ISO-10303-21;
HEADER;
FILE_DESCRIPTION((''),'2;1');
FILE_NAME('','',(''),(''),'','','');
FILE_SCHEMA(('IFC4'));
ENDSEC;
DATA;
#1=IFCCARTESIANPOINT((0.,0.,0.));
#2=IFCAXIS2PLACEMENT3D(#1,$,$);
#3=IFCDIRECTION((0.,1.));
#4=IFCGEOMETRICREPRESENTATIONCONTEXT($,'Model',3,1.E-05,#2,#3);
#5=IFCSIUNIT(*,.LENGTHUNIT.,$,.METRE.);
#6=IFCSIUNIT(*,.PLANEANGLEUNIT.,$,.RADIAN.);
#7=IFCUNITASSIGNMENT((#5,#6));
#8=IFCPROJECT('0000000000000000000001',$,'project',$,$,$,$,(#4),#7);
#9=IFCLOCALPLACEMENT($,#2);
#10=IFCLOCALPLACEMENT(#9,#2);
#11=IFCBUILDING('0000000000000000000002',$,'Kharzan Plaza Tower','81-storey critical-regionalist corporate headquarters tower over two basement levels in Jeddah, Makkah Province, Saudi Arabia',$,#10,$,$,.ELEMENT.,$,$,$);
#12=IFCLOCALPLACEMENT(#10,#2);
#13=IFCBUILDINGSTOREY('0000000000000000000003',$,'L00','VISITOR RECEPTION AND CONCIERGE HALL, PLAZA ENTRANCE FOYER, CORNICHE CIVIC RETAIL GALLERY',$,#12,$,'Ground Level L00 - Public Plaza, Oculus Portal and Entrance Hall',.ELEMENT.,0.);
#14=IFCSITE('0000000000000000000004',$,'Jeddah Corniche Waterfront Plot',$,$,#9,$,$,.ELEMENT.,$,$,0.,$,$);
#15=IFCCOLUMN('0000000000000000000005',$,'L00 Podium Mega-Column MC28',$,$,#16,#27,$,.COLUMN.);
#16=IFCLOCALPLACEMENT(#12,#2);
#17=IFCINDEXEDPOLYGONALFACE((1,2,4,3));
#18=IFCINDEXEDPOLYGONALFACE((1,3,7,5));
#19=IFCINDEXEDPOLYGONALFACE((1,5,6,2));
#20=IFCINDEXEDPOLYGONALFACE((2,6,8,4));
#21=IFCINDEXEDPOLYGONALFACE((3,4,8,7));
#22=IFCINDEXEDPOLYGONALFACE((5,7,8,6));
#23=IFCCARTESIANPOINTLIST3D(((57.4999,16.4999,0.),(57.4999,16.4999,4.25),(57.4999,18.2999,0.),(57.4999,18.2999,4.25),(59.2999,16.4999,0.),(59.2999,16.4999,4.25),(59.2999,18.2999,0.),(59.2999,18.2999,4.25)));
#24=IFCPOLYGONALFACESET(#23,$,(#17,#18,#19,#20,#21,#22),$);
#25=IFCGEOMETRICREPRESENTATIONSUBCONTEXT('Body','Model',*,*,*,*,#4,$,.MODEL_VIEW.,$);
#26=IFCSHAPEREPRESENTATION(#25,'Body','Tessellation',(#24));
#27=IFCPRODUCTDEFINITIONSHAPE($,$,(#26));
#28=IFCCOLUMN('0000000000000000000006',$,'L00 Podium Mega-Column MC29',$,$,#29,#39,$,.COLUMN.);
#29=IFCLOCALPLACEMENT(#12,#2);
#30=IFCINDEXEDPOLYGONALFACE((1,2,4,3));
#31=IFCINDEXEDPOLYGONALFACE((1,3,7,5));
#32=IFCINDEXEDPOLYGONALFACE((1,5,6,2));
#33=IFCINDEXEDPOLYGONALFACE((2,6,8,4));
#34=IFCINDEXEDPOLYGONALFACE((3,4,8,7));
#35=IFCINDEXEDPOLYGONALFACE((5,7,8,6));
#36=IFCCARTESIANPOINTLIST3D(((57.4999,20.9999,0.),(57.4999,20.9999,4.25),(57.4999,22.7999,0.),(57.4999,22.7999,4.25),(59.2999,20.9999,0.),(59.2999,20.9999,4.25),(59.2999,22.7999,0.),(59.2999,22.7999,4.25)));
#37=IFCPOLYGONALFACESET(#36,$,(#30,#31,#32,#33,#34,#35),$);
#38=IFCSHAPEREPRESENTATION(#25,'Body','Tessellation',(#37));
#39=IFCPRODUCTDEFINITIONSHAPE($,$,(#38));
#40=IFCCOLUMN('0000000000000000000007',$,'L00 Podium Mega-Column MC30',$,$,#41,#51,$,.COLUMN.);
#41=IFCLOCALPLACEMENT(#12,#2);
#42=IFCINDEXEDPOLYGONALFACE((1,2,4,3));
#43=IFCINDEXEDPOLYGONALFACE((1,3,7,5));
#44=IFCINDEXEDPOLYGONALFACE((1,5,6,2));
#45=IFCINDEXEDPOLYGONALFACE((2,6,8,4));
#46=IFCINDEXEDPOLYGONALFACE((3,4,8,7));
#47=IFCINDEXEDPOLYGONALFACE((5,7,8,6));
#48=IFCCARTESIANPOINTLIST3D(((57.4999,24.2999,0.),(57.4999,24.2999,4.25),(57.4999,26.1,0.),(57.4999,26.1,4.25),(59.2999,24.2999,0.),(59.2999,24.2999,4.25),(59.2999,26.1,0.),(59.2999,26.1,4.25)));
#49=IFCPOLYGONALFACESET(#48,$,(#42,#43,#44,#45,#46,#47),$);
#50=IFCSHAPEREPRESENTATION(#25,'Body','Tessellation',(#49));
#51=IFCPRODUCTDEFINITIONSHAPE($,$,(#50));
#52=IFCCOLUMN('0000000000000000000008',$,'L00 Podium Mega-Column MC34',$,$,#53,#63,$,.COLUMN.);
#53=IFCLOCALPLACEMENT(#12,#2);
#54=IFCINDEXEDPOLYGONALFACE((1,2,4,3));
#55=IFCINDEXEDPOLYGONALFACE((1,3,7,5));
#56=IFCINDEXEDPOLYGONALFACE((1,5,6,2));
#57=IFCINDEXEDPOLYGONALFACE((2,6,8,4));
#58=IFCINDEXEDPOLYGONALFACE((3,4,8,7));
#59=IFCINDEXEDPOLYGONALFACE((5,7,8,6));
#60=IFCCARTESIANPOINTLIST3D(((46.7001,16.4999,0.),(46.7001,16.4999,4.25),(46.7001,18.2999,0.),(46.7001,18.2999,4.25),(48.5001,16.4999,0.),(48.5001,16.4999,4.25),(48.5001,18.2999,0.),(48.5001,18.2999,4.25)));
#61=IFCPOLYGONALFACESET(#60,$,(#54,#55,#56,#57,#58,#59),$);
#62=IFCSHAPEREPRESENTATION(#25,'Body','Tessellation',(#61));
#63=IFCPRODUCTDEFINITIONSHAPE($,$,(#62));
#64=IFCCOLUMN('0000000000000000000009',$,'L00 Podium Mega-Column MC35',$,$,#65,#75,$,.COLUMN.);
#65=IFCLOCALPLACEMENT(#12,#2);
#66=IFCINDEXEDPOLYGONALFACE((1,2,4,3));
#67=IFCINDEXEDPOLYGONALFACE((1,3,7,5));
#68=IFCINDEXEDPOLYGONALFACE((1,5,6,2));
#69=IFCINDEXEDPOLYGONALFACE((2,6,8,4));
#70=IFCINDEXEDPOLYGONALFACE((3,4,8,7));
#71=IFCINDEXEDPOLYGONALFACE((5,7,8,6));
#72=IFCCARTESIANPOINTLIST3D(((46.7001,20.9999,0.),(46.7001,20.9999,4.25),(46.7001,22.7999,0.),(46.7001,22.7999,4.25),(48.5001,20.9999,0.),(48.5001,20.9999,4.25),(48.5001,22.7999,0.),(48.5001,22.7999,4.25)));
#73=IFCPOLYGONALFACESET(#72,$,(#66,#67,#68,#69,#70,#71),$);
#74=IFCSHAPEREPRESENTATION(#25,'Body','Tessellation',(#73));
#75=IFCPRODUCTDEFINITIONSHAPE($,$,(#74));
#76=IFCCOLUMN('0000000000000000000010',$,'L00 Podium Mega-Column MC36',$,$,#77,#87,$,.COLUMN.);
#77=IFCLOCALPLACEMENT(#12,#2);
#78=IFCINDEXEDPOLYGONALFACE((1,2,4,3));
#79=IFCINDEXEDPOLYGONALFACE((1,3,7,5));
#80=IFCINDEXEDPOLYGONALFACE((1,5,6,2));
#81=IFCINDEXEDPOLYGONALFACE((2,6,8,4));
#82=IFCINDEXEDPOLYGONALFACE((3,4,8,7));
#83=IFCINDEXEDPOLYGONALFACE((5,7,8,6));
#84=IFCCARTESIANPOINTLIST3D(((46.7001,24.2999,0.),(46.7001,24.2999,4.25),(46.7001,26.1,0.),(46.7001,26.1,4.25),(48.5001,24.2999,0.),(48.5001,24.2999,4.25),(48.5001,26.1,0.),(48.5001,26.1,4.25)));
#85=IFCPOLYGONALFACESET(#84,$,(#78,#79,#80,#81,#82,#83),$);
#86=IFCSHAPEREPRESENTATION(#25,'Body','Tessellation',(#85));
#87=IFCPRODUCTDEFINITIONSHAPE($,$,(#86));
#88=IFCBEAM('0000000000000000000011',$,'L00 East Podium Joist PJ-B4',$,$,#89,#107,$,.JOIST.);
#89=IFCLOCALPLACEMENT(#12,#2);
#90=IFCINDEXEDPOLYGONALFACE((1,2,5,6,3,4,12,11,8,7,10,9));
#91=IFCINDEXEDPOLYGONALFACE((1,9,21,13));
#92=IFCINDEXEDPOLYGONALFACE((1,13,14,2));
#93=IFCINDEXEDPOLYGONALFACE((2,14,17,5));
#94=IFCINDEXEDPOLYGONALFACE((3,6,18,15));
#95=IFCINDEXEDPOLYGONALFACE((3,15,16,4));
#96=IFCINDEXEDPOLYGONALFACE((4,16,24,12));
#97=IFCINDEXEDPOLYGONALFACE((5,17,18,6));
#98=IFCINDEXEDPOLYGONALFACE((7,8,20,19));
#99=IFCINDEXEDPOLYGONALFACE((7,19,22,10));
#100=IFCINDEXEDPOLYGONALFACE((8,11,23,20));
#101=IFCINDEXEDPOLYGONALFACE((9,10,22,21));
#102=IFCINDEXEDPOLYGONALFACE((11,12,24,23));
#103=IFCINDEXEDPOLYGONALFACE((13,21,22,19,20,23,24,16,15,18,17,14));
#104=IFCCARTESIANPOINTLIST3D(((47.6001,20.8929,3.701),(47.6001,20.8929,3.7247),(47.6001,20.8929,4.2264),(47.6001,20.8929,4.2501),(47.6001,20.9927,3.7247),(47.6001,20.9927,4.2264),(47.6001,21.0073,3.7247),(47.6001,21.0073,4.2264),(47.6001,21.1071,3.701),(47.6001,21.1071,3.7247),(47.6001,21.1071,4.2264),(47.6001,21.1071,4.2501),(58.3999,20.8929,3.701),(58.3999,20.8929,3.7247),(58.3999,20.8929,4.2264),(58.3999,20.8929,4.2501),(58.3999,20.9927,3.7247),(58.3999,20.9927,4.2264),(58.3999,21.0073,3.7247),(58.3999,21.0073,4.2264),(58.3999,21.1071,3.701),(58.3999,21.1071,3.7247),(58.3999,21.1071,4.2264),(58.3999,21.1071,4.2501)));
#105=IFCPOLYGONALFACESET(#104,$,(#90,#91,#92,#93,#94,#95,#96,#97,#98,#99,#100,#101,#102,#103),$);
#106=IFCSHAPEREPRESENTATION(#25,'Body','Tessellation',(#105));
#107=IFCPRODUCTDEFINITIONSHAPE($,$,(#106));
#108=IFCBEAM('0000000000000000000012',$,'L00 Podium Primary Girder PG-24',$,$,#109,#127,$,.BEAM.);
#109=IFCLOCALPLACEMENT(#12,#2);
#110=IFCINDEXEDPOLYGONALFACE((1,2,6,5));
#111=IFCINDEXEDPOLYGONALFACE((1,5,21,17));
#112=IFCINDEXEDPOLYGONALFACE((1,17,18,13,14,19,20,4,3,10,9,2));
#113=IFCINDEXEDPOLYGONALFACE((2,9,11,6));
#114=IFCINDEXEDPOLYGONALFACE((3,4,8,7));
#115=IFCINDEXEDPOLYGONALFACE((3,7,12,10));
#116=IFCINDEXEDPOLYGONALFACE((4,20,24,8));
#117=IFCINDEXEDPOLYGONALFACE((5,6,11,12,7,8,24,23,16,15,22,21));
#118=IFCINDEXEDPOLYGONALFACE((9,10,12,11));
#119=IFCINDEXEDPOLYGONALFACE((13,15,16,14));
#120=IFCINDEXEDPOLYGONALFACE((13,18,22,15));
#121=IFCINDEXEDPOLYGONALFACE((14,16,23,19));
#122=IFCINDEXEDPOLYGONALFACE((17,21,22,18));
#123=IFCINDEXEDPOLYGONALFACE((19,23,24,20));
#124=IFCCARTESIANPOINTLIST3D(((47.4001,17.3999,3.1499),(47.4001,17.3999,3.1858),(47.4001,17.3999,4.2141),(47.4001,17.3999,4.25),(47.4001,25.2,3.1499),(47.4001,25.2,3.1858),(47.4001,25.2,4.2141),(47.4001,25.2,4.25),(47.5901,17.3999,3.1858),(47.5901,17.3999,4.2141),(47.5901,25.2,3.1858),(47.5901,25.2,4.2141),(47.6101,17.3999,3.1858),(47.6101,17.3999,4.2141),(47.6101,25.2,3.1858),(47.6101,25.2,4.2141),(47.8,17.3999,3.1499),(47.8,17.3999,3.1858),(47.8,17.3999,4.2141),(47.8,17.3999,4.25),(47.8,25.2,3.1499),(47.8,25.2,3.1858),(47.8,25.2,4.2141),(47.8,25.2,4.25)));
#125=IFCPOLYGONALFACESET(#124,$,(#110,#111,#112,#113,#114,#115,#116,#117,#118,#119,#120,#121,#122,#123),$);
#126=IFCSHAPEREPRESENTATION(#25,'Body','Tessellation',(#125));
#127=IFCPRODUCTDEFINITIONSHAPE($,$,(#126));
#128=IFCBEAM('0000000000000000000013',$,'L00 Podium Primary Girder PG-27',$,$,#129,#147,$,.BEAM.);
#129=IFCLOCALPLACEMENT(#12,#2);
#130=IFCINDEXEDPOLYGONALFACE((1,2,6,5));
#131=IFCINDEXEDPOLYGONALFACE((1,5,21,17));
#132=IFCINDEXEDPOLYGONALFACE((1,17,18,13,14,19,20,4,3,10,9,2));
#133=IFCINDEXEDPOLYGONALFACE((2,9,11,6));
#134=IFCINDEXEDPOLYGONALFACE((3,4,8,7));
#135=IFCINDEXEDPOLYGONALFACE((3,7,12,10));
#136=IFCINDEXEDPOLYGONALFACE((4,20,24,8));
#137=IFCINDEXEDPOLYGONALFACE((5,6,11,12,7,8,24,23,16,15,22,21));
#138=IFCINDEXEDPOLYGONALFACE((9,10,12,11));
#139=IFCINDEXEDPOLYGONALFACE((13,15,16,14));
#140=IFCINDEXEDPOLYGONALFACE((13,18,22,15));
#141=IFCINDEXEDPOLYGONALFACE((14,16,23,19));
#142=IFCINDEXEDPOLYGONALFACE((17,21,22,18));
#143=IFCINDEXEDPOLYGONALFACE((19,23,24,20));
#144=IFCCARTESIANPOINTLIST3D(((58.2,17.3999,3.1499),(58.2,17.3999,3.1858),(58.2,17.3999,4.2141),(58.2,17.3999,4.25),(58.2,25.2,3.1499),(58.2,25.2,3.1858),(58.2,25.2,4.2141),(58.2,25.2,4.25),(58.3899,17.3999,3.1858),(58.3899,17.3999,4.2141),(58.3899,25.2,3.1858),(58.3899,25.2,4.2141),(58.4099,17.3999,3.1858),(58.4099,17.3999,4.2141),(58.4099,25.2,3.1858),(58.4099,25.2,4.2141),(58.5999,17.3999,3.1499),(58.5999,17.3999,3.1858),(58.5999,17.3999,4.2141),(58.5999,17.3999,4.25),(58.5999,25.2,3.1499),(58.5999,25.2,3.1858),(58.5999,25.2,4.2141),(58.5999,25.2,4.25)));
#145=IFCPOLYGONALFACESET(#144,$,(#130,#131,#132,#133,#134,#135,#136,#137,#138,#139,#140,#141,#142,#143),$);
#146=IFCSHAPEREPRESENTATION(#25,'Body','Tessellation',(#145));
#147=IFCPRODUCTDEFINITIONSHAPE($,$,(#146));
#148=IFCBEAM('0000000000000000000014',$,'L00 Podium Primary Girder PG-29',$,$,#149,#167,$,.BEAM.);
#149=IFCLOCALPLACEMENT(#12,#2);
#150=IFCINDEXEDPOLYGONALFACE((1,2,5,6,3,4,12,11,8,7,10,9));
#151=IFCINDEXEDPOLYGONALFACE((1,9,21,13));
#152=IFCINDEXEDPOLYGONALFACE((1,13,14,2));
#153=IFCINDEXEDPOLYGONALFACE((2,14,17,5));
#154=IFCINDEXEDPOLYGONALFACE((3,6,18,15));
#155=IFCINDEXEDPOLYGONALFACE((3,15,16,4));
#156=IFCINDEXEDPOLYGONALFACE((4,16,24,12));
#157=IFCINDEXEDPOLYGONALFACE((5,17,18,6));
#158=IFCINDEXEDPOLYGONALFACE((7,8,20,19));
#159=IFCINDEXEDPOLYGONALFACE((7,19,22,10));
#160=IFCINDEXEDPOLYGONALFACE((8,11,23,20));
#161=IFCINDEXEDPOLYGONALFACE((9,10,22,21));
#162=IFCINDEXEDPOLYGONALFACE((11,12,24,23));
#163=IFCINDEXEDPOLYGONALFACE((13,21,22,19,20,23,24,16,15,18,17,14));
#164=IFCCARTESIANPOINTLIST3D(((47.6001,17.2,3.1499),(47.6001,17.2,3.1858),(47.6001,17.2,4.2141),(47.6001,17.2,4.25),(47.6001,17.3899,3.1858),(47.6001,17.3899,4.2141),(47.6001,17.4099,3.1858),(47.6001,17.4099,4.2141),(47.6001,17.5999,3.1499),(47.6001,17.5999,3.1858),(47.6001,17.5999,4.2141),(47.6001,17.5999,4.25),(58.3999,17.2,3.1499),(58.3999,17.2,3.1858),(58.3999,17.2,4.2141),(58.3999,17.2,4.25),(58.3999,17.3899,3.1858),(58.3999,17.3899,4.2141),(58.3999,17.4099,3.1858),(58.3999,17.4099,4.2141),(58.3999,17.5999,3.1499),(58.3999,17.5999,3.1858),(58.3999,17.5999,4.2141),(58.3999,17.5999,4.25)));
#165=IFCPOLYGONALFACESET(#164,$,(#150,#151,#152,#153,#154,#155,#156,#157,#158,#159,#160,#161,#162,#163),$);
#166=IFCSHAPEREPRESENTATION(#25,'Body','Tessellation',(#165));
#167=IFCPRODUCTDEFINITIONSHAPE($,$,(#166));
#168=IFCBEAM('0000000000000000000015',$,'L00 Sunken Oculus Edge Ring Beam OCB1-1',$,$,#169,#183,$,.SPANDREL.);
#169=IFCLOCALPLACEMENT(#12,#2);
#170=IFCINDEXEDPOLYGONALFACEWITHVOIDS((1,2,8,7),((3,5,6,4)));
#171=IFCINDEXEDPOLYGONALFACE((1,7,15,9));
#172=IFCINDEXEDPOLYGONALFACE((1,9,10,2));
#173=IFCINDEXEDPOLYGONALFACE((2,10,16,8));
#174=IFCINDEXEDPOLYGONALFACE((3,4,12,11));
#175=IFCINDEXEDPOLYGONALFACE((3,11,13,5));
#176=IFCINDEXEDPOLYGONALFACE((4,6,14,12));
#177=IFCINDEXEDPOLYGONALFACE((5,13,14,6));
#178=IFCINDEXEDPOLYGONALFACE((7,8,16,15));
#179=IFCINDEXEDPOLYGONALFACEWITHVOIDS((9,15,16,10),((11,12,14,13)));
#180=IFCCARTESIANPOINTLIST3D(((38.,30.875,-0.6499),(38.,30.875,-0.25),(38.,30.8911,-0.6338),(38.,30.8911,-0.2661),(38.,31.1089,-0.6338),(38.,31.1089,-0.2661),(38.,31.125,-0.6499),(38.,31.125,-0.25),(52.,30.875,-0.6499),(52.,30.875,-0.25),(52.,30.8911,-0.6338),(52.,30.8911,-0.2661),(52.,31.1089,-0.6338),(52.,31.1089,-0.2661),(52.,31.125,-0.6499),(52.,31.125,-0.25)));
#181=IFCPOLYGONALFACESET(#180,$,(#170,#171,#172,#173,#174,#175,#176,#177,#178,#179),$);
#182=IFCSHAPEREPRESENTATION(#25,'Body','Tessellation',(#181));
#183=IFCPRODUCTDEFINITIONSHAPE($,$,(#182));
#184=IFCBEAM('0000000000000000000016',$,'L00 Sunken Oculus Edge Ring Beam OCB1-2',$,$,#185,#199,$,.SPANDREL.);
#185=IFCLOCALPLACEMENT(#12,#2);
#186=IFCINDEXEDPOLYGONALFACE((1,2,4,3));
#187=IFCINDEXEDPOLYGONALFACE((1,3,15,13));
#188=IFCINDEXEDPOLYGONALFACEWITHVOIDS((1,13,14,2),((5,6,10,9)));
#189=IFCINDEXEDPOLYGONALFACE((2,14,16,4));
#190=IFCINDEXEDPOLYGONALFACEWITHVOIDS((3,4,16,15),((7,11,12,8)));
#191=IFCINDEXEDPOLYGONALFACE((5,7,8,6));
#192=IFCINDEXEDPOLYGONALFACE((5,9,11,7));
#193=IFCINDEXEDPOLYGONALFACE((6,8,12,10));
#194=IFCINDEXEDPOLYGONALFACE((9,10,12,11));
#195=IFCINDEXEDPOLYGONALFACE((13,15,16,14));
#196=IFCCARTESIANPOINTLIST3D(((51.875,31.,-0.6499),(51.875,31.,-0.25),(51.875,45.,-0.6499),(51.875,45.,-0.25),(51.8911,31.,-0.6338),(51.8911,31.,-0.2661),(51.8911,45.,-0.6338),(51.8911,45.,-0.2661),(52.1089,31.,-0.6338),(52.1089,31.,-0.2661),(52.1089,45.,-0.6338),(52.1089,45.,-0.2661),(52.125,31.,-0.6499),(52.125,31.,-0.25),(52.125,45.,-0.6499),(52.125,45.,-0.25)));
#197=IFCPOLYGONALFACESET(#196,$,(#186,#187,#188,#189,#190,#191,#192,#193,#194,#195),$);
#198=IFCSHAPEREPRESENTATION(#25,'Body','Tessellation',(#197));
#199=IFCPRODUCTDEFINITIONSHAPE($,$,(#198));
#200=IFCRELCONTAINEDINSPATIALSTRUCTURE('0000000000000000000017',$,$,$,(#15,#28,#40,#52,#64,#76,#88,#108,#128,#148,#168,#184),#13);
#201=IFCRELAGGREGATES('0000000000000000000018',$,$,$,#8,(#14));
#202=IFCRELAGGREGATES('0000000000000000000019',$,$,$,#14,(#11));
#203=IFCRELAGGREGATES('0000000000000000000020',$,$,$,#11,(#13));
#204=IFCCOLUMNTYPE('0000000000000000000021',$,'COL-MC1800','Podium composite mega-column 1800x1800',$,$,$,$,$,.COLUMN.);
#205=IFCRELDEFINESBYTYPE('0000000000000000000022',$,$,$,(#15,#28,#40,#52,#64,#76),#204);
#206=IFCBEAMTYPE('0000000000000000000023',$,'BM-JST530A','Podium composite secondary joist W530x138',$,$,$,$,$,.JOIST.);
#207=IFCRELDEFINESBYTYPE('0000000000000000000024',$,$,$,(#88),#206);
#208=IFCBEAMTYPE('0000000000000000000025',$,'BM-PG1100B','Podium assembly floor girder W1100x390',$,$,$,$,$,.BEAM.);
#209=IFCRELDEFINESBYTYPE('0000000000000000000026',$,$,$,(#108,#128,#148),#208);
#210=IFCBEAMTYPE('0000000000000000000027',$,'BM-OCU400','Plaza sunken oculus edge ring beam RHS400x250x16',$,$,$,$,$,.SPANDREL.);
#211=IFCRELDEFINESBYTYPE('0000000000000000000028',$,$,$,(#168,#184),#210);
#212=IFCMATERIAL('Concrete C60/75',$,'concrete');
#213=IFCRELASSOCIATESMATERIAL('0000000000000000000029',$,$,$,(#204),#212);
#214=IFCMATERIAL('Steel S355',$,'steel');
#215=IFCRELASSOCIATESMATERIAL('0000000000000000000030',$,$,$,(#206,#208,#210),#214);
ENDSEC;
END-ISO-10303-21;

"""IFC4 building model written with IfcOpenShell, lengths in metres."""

from ifc_helpers import new_model, si_unit, direction, frame, origin, origin_2d, place, context, subcontext, project, spatial, rectangle, hollow_rectangle, i_section, extrude, source, transform, mapped, material, material_profile, profile_set, type_object, element, save


model = new_model("IFC4")

# Units and contexts
model_context = context("Model", 3, precision=1e-05, world=origin(), true_north=direction((0.0, 1.0)))
body_context = subcontext(model_context, "Body", "Model", "MODEL_VIEW")
ifc_project = project(units=[si_unit("LENGTHUNIT", "METRE"), si_unit("PLANEANGLEUNIT", "RADIAN")], contexts=[model_context])

# Site, building, storey
site_placement = place(None, origin())
site = spatial("IfcSite", under=ifc_project, at=site_placement, Name="Jeddah Corniche Waterfront Plot", CompositionType="ELEMENT", RefElevation=0.0)
building_placement = place(site_placement, origin())
building = spatial("IfcBuilding", under=site, at=building_placement, Name="Kharzan Plaza Tower", Description="81-storey critical-regionalist corporate headquarters tower over two basement levels in Jeddah, Makkah Province, Saudi Arabia", CompositionType="ELEMENT")
storey_placement = place(building_placement, origin())
storey = spatial("IfcBuildingStorey", under=building, at=storey_placement, Name="L00", Description="VISITOR RECEPTION AND CONCIERGE HALL, PLAZA ENTRANCE FOYER, CORNICHE CIVIC RETAIL GALLERY", LongName="Ground Level L00 - Public Plaza, Oculus Portal and Entrance Hall", CompositionType="ELEMENT", Elevation=0.0)

# Columns
ifc_material_1 = material(Name="Concrete C60/75", Category="concrete")
ifc_material_profile_1 = material_profile(ifc_material_1, rectangle(XDim=1.8, YDim=1.8, at=origin_2d()), Name="RC-MC1800x1800")
ifc_profile_set_1 = profile_set([ifc_material_profile_1], Name="Concrete C60/75")
column_type = type_object("IfcColumnType", Name="COL-MC1800", Description="Podium composite mega-column 1800x1800", PredefinedType="COLUMN", material=ifc_profile_set_1)
shared_shape_1 = source(origin(), body_context, "Body", "SweptSolid", [
    extrude(rectangle(XDim=1.8, YDim=1.8, at=origin_2d()), origin(), (0.0, 0.0, 1.0), 4.25),
])
for number, where, z_axis, x_axis, name in (
    (1, (58.3999, 17.3999, 0.0), (0.0, 0.0, 1.0), (1.0, 0.0, 0.0), "L00 Podium Mega-Column MC28"),
    (2, (58.3999, 21.8999, 0.0), (0.0, 0.0, 1.0), (1.0, 0.0, 0.0), "L00 Podium Mega-Column MC29"),
    (3, (58.3999, 25.2, 0.0), (0.0, 0.0, 1.0), (1.0, 0.0, 0.0), "L00 Podium Mega-Column MC30"),
    (4, (47.6001, 17.3999, 0.0), (0.0, 0.0, 1.0), (1.0, 0.0, 0.0), "L00 Podium Mega-Column MC34"),
    (5, (47.6001, 21.8999, 0.0), (0.0, 0.0, 1.0), (1.0, 0.0, 0.0), "L00 Podium Mega-Column MC35"),
    (6, (47.6001, 25.2, 0.0), (0.0, 0.0, 1.0), (1.0, 0.0, 0.0), "L00 Podium Mega-Column MC36"),
):
    element("IfcColumn", number, at=place(storey_placement, frame(where, z_axis=z_axis, x_axis=x_axis)), inside=storey, type_object=column_type, Name=name, PredefinedType="COLUMN", context=body_context, shape_type="MappedRepresentation", body=[
        mapped(shared_shape_1, transform((0.0, 0.0, 0.0), x_axis=(1.0, 0.0, 0.0), y_axis=(0.0, 1.0, 0.0), z_axis=(0.0, 0.0, 1.0))),
    ])

# Beams
ifc_material_2 = material(Name="Steel S355", Category="steel")
ifc_material_profile_2 = material_profile(ifc_material_2, i_section(OverallWidth=0.2141, OverallDepth=0.5491, WebThickness=0.0146, FlangeThickness=0.0237, at=origin_2d()), Name="W530x138")
ifc_profile_set_2 = profile_set([ifc_material_profile_2], Name="Steel S355")
beam_type_1 = type_object("IfcBeamType", Name="BM-JST530A", Description="Podium composite secondary joist W530x138", PredefinedType="JOIST", material=ifc_profile_set_2)
shared_shape_2 = source(origin(), body_context, "Body", "SweptSolid", [
    extrude(i_section(OverallWidth=0.2141, OverallDepth=0.5491, WebThickness=0.0146, FlangeThickness=0.0237, at=origin_2d()), origin(), (0.0, 0.0, 1.0), 10.7998),
])
beam_1_placement = place(storey_placement, frame((47.6001, 21.0, 3.9756), z_axis=(1.0, 0.0, 0.0), x_axis=(0.0, 1.0, 0.0)))
element("IfcBeam", 7, at=beam_1_placement, inside=storey, type_object=beam_type_1, Name="L00 East Podium Joist PJ-B4", PredefinedType="JOIST", context=body_context, shape_type="MappedRepresentation", body=[
    mapped(shared_shape_2, transform((0.0, 0.0, 0.0), x_axis=(1.0, 0.0, 0.0), y_axis=(0.0, 1.0, 0.0), z_axis=(0.0, 0.0, 1.0))),
])
ifc_material_profile_3 = material_profile(ifc_material_2, i_section(OverallWidth=0.3999, OverallDepth=1.1001, WebThickness=0.02, FlangeThickness=0.0359, at=origin_2d()), Name="W1100x390")
ifc_profile_set_3 = profile_set([ifc_material_profile_3], Name="Steel S355")
beam_type_2 = type_object("IfcBeamType", Name="BM-PG1100B", Description="Podium assembly floor girder W1100x390", PredefinedType="BEAM", material=ifc_profile_set_3)
shared_shape_3 = source(origin(), body_context, "Body", "SweptSolid", [
    extrude(i_section(OverallWidth=0.3999, OverallDepth=1.1001, WebThickness=0.02, FlangeThickness=0.0359, at=origin_2d()), origin(), (0.0, 0.0, 1.0), 7.8),
])
for number, where, z_axis, x_axis, name in (
    (8, (47.6001, 17.3999, 3.7), (0.0, 1.0, 0.0), (-1.0, 0.0, 0.0), "L00 Podium Primary Girder PG-24"),
    (9, (58.3999, 17.3999, 3.7), (0.0, 1.0, 0.0), (-1.0, 0.0, 0.0), "L00 Podium Primary Girder PG-27"),
):
    element("IfcBeam", number, at=place(storey_placement, frame(where, z_axis=z_axis, x_axis=x_axis)), inside=storey, type_object=beam_type_2, Name=name, PredefinedType="BEAM", context=body_context, shape_type="MappedRepresentation", body=[
        mapped(shared_shape_3, transform((0.0, 0.0, 0.0), x_axis=(1.0, 0.0, 0.0), y_axis=(0.0, 1.0, 0.0), z_axis=(0.0, 0.0, 1.0))),
    ])
shared_shape_4 = source(origin(), body_context, "Body", "SweptSolid", [
    extrude(i_section(OverallWidth=0.3999, OverallDepth=1.1001, WebThickness=0.02, FlangeThickness=0.0359, at=origin_2d()), origin(), (0.0, 0.0, 1.0), 10.7998),
])
beam_2_placement = place(storey_placement, frame((47.6001, 17.3999, 3.7), z_axis=(1.0, 0.0, 0.0), x_axis=(0.0, 1.0, 0.0)))
element("IfcBeam", 10, at=beam_2_placement, inside=storey, type_object=beam_type_2, Name="L00 Podium Primary Girder PG-29", PredefinedType="BEAM", context=body_context, shape_type="MappedRepresentation", body=[
    mapped(shared_shape_4, transform((0.0, 0.0, 0.0), x_axis=(1.0, 0.0, 0.0), y_axis=(0.0, 1.0, 0.0), z_axis=(0.0, 0.0, 1.0))),
])
ifc_material_profile_4 = material_profile(ifc_material_2, hollow_rectangle(XDim=0.25, YDim=0.3999, WallThickness=0.0161, at=origin_2d()), Name="RHS400x250x16")
ifc_profile_set_4 = profile_set([ifc_material_profile_4], Name="Steel S355")
beam_type_3 = type_object("IfcBeamType", Name="BM-OCU400", Description="Plaza sunken oculus edge ring beam RHS400x250x16", PredefinedType="SPANDREL", material=ifc_profile_set_4)
shared_shape_5 = source(origin(), body_context, "Body", "SweptSolid", [
    extrude(hollow_rectangle(XDim=0.25, YDim=0.3999, WallThickness=0.0161, at=origin_2d()), origin(), (0.0, 0.0, 1.0), 14.0),
])
for number, where, z_axis, x_axis, name in (
    (11, (38.0, 31.0, -0.45), (1.0, 0.0, 0.0), (0.0, 1.0, 0.0), "L00 Sunken Oculus Edge Ring Beam OCB1-1"),
    (12, (52.0, 31.0, -0.45), (0.0, 1.0, 0.0), (-1.0, 0.0, 0.0), "L00 Sunken Oculus Edge Ring Beam OCB1-2"),
):
    element("IfcBeam", number, at=place(storey_placement, frame(where, z_axis=z_axis, x_axis=x_axis)), inside=storey, type_object=beam_type_3, Name=name, PredefinedType="SPANDREL", context=body_context, shape_type="MappedRepresentation", body=[
        mapped(shared_shape_5, transform((0.0, 0.0, 0.0), x_axis=(1.0, 0.0, 0.0), y_axis=(0.0, 1.0, 0.0), z_axis=(0.0, 0.0, 1.0))),
    ])

save(model, "model.ifc")
